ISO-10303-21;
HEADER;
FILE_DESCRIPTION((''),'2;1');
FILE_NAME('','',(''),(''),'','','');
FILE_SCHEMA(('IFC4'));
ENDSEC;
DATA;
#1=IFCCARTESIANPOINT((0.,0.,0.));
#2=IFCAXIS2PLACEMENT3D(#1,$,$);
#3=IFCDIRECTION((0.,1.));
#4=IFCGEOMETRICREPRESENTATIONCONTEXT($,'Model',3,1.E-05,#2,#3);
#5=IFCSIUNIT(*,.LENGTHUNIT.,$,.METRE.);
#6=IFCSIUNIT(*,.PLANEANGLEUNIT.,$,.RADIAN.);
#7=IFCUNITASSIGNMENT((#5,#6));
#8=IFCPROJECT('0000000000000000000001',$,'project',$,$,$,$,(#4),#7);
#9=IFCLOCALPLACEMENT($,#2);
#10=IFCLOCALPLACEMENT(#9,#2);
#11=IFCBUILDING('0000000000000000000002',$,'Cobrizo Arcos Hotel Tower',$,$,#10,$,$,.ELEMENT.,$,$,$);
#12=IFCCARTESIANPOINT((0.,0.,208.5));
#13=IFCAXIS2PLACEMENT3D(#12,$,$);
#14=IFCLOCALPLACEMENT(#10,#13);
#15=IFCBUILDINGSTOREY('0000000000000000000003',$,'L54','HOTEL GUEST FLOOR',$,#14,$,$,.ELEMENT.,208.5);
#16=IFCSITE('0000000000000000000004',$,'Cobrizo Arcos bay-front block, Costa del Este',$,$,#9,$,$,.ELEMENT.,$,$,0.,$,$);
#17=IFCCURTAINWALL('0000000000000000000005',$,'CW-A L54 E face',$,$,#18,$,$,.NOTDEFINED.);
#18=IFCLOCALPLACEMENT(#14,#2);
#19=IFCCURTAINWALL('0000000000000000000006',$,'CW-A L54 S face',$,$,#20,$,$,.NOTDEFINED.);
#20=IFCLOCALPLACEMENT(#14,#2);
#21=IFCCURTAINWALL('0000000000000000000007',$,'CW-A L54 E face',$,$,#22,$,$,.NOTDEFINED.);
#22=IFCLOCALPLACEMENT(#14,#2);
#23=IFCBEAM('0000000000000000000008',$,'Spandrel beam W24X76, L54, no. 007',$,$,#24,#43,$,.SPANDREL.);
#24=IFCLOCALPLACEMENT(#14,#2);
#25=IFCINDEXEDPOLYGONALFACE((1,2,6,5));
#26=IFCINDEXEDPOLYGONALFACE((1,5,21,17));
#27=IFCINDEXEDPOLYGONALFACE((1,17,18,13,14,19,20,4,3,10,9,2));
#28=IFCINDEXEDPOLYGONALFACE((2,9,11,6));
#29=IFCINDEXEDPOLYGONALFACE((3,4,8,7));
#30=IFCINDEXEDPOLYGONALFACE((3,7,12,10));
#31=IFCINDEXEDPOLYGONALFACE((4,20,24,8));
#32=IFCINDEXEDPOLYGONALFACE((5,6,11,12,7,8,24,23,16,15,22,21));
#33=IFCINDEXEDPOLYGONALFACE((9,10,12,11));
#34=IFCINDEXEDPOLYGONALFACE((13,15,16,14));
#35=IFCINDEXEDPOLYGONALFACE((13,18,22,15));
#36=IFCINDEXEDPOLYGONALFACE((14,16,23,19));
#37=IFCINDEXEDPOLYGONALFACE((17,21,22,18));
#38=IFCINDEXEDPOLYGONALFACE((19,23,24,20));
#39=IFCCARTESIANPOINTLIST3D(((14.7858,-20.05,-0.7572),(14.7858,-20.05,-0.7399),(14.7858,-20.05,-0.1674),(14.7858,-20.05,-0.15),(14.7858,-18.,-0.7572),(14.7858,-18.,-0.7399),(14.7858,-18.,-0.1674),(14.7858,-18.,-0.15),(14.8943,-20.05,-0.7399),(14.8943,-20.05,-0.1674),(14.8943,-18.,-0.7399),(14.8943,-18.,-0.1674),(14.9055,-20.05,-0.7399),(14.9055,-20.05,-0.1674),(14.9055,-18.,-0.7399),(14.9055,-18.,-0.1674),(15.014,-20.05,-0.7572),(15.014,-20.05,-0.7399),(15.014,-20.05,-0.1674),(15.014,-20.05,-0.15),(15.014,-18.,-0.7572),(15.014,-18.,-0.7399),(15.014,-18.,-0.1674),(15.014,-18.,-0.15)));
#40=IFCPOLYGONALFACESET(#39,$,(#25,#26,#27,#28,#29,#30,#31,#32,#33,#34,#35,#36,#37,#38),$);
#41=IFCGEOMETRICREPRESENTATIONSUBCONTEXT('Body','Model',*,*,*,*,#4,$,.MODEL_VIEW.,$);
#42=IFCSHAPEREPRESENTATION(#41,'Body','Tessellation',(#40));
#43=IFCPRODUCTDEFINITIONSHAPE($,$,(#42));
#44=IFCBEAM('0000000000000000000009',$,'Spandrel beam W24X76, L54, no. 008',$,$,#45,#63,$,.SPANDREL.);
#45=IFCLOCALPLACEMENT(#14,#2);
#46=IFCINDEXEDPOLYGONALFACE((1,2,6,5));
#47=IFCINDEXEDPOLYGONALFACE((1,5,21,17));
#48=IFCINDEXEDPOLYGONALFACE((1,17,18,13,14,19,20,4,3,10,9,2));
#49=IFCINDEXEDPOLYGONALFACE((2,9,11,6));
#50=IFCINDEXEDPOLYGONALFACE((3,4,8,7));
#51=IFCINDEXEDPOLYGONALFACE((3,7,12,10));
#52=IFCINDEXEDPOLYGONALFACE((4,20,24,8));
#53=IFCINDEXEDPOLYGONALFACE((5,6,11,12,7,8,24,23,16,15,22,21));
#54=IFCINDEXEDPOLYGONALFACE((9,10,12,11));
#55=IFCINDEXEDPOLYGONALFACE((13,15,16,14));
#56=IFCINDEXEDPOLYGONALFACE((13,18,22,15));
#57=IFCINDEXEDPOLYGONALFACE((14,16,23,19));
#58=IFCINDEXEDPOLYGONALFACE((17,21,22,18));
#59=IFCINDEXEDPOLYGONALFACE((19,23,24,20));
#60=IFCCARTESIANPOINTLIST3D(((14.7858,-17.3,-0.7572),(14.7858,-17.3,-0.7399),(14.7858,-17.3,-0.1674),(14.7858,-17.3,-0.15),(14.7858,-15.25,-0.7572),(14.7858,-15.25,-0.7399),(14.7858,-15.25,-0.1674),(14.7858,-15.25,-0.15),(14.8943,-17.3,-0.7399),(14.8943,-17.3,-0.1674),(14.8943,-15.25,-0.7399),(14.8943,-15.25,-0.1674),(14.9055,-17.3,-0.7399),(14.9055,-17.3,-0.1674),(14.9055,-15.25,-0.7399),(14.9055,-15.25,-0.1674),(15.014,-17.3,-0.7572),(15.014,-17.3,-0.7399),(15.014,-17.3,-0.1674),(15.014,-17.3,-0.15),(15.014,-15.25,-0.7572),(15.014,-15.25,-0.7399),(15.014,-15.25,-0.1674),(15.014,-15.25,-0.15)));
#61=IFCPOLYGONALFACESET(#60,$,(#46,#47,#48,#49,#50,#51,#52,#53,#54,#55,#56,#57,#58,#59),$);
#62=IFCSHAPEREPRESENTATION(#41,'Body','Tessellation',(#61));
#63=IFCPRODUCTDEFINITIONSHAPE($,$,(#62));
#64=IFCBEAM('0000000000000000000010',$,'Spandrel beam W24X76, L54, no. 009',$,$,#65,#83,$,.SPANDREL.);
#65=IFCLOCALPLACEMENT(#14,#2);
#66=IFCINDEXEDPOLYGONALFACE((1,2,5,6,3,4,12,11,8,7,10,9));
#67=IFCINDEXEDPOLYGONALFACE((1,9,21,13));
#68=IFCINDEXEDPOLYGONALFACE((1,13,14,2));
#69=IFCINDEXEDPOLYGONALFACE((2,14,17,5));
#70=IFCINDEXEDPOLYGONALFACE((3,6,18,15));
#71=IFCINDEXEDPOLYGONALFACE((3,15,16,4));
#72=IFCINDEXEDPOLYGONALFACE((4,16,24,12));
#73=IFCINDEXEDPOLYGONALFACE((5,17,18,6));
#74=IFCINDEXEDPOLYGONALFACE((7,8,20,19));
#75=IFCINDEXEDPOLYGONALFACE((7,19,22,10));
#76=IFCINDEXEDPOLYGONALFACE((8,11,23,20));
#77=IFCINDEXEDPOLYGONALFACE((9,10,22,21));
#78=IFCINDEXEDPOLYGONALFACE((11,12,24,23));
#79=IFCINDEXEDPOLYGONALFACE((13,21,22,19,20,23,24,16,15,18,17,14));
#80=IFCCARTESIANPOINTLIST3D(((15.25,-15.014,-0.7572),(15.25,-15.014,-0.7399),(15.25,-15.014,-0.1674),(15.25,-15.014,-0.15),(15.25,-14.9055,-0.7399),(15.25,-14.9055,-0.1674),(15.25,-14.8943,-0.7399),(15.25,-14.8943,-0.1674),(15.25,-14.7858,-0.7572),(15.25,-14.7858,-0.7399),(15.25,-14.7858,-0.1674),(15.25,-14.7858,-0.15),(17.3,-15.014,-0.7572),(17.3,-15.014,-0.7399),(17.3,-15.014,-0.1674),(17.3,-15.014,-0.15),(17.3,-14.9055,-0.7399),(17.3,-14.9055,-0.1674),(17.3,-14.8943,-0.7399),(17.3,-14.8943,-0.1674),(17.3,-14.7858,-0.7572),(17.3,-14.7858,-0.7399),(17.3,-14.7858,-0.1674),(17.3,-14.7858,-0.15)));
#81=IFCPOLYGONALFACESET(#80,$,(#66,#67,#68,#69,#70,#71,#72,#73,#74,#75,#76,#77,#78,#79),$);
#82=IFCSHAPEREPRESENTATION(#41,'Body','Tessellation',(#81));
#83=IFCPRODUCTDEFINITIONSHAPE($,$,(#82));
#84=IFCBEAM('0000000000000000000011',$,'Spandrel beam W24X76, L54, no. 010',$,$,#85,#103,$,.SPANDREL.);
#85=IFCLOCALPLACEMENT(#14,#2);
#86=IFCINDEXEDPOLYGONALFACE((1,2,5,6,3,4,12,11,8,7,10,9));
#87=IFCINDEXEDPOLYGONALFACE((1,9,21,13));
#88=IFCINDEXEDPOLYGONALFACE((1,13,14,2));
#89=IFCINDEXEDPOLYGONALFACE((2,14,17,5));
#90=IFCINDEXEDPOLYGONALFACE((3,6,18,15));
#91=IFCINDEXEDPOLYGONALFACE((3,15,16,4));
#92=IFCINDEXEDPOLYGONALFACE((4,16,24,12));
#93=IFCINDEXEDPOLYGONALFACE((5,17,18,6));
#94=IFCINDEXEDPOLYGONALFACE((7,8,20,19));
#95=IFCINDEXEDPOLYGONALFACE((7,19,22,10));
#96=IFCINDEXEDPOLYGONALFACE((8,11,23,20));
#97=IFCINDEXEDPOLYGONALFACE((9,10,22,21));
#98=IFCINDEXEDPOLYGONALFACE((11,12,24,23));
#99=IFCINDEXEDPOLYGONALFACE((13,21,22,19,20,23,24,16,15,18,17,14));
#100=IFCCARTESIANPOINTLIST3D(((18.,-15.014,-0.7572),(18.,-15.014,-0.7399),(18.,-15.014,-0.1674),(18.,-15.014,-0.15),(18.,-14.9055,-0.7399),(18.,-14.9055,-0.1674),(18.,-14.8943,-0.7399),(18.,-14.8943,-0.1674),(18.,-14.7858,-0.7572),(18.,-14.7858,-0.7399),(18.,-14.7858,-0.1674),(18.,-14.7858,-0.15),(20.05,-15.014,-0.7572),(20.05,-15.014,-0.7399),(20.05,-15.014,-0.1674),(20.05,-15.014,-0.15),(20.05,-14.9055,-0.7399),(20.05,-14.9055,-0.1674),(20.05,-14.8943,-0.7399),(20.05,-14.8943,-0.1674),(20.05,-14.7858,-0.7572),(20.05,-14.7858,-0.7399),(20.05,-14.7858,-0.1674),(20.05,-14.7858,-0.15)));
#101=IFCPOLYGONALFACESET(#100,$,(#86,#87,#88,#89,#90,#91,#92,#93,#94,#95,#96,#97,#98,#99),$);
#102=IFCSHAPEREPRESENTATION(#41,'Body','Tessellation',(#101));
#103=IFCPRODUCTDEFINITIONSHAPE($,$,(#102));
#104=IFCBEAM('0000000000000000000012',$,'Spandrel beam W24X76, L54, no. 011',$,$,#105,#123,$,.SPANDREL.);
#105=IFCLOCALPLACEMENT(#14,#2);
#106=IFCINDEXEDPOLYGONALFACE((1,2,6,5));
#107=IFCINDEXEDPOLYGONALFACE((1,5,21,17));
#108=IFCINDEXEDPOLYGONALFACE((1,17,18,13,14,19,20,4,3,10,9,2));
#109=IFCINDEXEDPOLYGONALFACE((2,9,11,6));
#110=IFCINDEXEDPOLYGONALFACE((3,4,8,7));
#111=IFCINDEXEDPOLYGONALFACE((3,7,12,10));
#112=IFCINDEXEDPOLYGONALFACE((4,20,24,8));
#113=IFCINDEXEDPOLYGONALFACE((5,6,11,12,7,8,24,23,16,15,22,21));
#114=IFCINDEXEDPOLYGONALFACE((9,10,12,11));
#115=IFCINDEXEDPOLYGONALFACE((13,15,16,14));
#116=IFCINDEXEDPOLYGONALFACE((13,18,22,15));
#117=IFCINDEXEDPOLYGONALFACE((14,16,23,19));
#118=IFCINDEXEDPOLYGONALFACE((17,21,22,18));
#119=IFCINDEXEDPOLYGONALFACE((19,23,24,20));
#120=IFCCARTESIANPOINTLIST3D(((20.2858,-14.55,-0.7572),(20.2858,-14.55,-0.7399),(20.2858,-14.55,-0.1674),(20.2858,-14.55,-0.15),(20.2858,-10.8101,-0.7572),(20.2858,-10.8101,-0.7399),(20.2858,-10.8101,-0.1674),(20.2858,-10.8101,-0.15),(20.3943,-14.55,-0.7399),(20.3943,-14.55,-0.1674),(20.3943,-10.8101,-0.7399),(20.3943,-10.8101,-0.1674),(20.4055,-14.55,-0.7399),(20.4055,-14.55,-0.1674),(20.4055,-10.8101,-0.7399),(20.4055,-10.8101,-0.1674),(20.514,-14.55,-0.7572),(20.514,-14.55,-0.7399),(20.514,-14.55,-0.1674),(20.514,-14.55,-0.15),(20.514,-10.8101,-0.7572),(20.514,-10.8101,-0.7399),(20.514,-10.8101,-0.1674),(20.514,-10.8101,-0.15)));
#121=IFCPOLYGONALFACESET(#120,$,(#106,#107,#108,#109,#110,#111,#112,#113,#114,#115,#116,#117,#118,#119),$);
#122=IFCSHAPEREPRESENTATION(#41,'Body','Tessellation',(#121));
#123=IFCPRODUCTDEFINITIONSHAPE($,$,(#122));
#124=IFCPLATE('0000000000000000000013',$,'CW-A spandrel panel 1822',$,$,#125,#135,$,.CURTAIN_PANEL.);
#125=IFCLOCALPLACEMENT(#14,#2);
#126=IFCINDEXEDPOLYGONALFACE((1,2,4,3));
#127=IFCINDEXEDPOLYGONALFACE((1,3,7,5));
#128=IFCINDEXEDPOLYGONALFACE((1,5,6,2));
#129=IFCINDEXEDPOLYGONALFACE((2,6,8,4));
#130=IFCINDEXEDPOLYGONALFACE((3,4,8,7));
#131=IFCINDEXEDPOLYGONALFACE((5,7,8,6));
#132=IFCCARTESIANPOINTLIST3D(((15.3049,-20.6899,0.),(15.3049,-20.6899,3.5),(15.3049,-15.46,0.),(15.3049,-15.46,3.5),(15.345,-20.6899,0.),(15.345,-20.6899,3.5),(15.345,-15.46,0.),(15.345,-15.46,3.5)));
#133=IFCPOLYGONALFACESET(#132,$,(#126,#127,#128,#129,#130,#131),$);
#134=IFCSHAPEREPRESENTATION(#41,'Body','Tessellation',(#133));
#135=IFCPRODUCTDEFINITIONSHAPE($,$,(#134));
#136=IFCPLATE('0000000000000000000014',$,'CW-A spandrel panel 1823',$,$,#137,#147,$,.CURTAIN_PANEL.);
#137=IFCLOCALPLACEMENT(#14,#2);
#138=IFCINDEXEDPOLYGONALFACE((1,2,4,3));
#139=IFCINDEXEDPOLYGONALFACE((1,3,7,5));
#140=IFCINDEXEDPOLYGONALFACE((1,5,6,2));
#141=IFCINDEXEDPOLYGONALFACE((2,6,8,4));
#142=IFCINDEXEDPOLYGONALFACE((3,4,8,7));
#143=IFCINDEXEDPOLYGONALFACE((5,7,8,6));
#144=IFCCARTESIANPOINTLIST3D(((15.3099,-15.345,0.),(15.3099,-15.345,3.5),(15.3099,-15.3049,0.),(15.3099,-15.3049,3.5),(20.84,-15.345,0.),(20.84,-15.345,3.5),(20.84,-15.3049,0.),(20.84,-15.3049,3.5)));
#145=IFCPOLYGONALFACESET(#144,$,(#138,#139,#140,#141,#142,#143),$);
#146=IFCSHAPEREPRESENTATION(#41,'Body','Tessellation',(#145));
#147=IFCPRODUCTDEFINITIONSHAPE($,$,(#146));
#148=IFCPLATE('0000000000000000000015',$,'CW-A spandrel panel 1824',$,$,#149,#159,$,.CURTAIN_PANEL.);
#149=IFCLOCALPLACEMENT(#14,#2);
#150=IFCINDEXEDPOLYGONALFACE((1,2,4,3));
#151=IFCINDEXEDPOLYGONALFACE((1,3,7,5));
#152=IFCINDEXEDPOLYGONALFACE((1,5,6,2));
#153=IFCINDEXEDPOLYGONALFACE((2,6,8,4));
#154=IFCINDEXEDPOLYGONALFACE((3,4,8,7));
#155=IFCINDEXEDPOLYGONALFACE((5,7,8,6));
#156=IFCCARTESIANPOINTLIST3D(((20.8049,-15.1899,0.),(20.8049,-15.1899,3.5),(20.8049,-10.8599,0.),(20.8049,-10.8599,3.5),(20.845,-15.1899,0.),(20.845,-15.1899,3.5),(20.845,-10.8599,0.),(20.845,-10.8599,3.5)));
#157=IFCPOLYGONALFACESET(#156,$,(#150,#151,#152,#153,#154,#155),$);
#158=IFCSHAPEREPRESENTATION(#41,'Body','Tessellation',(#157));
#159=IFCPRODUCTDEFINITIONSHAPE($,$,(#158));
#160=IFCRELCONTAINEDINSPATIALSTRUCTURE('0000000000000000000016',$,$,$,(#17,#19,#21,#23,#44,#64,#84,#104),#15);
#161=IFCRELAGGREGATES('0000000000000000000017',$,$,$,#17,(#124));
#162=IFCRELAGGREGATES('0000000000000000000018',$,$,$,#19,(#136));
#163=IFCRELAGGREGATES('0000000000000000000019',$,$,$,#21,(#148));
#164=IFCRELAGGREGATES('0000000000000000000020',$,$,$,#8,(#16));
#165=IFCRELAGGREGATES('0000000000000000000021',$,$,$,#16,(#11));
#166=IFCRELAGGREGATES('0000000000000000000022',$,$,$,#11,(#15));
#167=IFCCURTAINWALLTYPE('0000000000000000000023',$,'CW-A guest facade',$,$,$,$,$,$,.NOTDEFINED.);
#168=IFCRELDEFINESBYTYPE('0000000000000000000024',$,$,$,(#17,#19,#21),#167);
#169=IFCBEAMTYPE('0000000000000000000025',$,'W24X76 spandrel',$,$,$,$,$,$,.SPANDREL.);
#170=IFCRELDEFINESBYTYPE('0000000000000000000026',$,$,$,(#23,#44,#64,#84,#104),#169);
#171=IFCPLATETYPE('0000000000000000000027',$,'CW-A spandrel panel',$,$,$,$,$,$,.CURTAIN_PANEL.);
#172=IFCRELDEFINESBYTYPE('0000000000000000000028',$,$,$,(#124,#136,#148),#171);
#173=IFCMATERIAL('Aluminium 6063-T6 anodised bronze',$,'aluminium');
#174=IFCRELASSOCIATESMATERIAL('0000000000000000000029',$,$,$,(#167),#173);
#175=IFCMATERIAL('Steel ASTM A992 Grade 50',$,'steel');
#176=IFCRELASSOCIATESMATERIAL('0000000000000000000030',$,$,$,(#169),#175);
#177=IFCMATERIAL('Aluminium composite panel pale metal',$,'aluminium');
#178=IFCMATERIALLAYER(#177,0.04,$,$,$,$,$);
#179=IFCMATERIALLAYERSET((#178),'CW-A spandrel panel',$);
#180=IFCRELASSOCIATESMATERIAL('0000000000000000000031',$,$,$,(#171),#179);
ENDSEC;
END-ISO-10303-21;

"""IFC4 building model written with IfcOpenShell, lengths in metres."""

from ifc_helpers import new_model, si_unit, direction, frame, origin, origin_2d, place, context, subcontext, project, spatial, rectangle, i_section, extrude, material, layer, layer_set, material_profile, profile_set, type_object, element, aggregate, save


model = new_model("IFC4")

# Units and contexts
model_context = context("Model", 3, precision=1e-05, world=origin(), true_north=direction((0.0, 1.0)))
body_context = subcontext(model_context, "Body", "Model", "MODEL_VIEW")
ifc_project = project(units=[si_unit("LENGTHUNIT", "METRE"), si_unit("PLANEANGLEUNIT", "RADIAN")], contexts=[model_context])

# Site, building, storey
site_placement = place(None, origin())
site = spatial("IfcSite", under=ifc_project, at=site_placement, Name="Cobrizo Arcos bay-front block, Costa del Este", CompositionType="ELEMENT", RefElevation=0.0)
building_placement = place(site_placement, origin())
building = spatial("IfcBuilding", under=site, at=building_placement, Name="Cobrizo Arcos Hotel Tower", CompositionType="ELEMENT")
storey_placement = place(building_placement, frame((0.0, 0.0, 208.5)))
storey = spatial("IfcBuildingStorey", under=building, at=storey_placement, Name="L54", Description="HOTEL GUEST FLOOR", CompositionType="ELEMENT", Elevation=208.5)

# Shared definitions
ifc_material_1 = material(Name="Aluminium 6063-T6 anodised bronze", Category="aluminium")
curtain_wall_type = type_object("IfcCurtainWallType", Name="CW-A guest facade", PredefinedType="NOTDEFINED", material=ifc_material_1)

# Curtain walls
curtain_wall_1_placement = place(storey_placement, origin())
curtain_wall_1 = element("IfcCurtainWall", 1, at=curtain_wall_1_placement, inside=storey, type_object=curtain_wall_type, Name="CW-A L54 E face", PredefinedType="NOTDEFINED")
curtain_wall_2_placement = place(storey_placement, origin())
curtain_wall_2 = element("IfcCurtainWall", 2, at=curtain_wall_2_placement, inside=storey, type_object=curtain_wall_type, Name="CW-A L54 S face", PredefinedType="NOTDEFINED")

# Curtain wall
curtain_wall_3_placement = place(storey_placement, origin())
curtain_wall_3 = element("IfcCurtainWall", 3, at=curtain_wall_3_placement, inside=storey, type_object=curtain_wall_type, Name="CW-A L54 E face", PredefinedType="NOTDEFINED")

# Beams
ifc_material_2 = material(Name="Steel ASTM A992 Grade 50", Category="steel")
ifc_material_profile_1 = material_profile(ifc_material_2, i_section(OverallWidth=0.2283, OverallDepth=0.6072, WebThickness=0.0112, FlangeThickness=0.0173, at=origin_2d()), Name="W24X76")
ifc_profile_set_1 = profile_set([ifc_material_profile_1], Name="Steel ASTM A992 Grade 50")
beam_type_1 = type_object("IfcBeamType", Name="W24X76 spandrel", PredefinedType="SPANDREL", material=ifc_profile_set_1)
for number, where, z_axis, x_axis, name in (
    (4, (14.8999, -20.05, -0.4536), (0.0, 1.0, 0.0), (-1.0, 0.0, 0.0), "Spandrel beam W24X76, L54, no. 007"),
    (5, (14.8999, -17.3, -0.4536), (0.0, 1.0, 0.0), (-1.0, 0.0, 0.0), "Spandrel beam W24X76, L54, no. 008"),
    (6, (15.25, -14.8999, -0.4536), (1.0, 0.0, 0.0), (0.0, 1.0, 0.0), "Spandrel beam W24X76, L54, no. 009"),
    (7, (18.0, -14.8999, -0.4536), (1.0, 0.0, 0.0), (0.0, 1.0, 0.0), "Spandrel beam W24X76, L54, no. 010"),
):
    element("IfcBeam", number, at=place(storey_placement, frame(where, z_axis=z_axis, x_axis=x_axis)), inside=storey, type_object=beam_type_1, Name=name, PredefinedType="SPANDREL", context=body_context, shape_type="SweptSolid", body=[
        extrude(i_section(OverallWidth=0.2283, OverallDepth=0.6072, WebThickness=0.0112, FlangeThickness=0.0173, at=origin_2d()), origin(), (0.0, 0.0, 1.0), 2.05),
    ])
beam_1_placement = place(storey_placement, frame((20.3999, -14.55, -0.4536), z_axis=(0.0, 1.0, 0.0), x_axis=(-1.0, 0.0, 0.0)))
element("IfcBeam", 8, at=beam_1_placement, inside=storey, type_object=beam_type_1, Name="Spandrel beam W24X76, L54, no. 011", PredefinedType="SPANDREL", context=body_context, shape_type="SweptSolid", body=[
    extrude(i_section(OverallWidth=0.2283, OverallDepth=0.6072, WebThickness=0.0112, FlangeThickness=0.0173, at=origin_2d()), origin(), (0.0, 0.0, 1.0), 3.74),
])

# Plates
ifc_material_3 = material(Name="Aluminium composite panel pale metal", Category="aluminium")
ifc_layer = layer(ifc_material_3, 0.04)
ifc_layer_set = layer_set([ifc_layer], Name="CW-A spandrel panel")
plate_type = type_object("IfcPlateType", Name="CW-A spandrel panel", PredefinedType="CURTAIN_PANEL", material=ifc_layer_set)
plate_1_placement = place(storey_placement, frame((15.325, -18.075, 0.0), z_axis=(0.0, 0.0, 1.0), x_axis=(0.0, 1.0, 0.0)))
plate_1 = element("IfcPlate", 9, at=plate_1_placement, type_object=plate_type, Name="CW-A spandrel panel 1822", PredefinedType="CURTAIN_PANEL", context=body_context, shape_type="SweptSolid", body=[
    extrude(rectangle(XDim=5.23, YDim=0.04, at=origin_2d()), origin(), (0.0, 0.0, 1.0), 3.5),
])
aggregate(curtain_wall_1, [plate_1])
plate_2_placement = place(storey_placement, frame((18.075, -15.325, 0.0), z_axis=(0.0, 0.0, 1.0), x_axis=(1.0, 0.0, 0.0)))
plate_2 = element("IfcPlate", 10, at=plate_2_placement, type_object=plate_type, Name="CW-A spandrel panel 1823", PredefinedType="CURTAIN_PANEL", context=body_context, shape_type="SweptSolid", body=[
    extrude(rectangle(XDim=5.53, YDim=0.04, at=origin_2d()), origin(), (0.0, 0.0, 1.0), 3.5),
])
aggregate(curtain_wall_2, [plate_2])
plate_3_placement = place(storey_placement, frame((20.825, -13.0249, 0.0), z_axis=(0.0, 0.0, 1.0), x_axis=(0.0, 1.0, 0.0)))
plate_3 = element("IfcPlate", 11, at=plate_3_placement, type_object=plate_type, Name="CW-A spandrel panel 1824", PredefinedType="CURTAIN_PANEL", context=body_context, shape_type="SweptSolid", body=[
    extrude(rectangle(XDim=4.3301, YDim=0.04, at=origin_2d()), origin(), (0.0, 0.0, 1.0), 3.5),
])
aggregate(curtain_wall_3, [plate_3])

save(model, "model.ifc")
